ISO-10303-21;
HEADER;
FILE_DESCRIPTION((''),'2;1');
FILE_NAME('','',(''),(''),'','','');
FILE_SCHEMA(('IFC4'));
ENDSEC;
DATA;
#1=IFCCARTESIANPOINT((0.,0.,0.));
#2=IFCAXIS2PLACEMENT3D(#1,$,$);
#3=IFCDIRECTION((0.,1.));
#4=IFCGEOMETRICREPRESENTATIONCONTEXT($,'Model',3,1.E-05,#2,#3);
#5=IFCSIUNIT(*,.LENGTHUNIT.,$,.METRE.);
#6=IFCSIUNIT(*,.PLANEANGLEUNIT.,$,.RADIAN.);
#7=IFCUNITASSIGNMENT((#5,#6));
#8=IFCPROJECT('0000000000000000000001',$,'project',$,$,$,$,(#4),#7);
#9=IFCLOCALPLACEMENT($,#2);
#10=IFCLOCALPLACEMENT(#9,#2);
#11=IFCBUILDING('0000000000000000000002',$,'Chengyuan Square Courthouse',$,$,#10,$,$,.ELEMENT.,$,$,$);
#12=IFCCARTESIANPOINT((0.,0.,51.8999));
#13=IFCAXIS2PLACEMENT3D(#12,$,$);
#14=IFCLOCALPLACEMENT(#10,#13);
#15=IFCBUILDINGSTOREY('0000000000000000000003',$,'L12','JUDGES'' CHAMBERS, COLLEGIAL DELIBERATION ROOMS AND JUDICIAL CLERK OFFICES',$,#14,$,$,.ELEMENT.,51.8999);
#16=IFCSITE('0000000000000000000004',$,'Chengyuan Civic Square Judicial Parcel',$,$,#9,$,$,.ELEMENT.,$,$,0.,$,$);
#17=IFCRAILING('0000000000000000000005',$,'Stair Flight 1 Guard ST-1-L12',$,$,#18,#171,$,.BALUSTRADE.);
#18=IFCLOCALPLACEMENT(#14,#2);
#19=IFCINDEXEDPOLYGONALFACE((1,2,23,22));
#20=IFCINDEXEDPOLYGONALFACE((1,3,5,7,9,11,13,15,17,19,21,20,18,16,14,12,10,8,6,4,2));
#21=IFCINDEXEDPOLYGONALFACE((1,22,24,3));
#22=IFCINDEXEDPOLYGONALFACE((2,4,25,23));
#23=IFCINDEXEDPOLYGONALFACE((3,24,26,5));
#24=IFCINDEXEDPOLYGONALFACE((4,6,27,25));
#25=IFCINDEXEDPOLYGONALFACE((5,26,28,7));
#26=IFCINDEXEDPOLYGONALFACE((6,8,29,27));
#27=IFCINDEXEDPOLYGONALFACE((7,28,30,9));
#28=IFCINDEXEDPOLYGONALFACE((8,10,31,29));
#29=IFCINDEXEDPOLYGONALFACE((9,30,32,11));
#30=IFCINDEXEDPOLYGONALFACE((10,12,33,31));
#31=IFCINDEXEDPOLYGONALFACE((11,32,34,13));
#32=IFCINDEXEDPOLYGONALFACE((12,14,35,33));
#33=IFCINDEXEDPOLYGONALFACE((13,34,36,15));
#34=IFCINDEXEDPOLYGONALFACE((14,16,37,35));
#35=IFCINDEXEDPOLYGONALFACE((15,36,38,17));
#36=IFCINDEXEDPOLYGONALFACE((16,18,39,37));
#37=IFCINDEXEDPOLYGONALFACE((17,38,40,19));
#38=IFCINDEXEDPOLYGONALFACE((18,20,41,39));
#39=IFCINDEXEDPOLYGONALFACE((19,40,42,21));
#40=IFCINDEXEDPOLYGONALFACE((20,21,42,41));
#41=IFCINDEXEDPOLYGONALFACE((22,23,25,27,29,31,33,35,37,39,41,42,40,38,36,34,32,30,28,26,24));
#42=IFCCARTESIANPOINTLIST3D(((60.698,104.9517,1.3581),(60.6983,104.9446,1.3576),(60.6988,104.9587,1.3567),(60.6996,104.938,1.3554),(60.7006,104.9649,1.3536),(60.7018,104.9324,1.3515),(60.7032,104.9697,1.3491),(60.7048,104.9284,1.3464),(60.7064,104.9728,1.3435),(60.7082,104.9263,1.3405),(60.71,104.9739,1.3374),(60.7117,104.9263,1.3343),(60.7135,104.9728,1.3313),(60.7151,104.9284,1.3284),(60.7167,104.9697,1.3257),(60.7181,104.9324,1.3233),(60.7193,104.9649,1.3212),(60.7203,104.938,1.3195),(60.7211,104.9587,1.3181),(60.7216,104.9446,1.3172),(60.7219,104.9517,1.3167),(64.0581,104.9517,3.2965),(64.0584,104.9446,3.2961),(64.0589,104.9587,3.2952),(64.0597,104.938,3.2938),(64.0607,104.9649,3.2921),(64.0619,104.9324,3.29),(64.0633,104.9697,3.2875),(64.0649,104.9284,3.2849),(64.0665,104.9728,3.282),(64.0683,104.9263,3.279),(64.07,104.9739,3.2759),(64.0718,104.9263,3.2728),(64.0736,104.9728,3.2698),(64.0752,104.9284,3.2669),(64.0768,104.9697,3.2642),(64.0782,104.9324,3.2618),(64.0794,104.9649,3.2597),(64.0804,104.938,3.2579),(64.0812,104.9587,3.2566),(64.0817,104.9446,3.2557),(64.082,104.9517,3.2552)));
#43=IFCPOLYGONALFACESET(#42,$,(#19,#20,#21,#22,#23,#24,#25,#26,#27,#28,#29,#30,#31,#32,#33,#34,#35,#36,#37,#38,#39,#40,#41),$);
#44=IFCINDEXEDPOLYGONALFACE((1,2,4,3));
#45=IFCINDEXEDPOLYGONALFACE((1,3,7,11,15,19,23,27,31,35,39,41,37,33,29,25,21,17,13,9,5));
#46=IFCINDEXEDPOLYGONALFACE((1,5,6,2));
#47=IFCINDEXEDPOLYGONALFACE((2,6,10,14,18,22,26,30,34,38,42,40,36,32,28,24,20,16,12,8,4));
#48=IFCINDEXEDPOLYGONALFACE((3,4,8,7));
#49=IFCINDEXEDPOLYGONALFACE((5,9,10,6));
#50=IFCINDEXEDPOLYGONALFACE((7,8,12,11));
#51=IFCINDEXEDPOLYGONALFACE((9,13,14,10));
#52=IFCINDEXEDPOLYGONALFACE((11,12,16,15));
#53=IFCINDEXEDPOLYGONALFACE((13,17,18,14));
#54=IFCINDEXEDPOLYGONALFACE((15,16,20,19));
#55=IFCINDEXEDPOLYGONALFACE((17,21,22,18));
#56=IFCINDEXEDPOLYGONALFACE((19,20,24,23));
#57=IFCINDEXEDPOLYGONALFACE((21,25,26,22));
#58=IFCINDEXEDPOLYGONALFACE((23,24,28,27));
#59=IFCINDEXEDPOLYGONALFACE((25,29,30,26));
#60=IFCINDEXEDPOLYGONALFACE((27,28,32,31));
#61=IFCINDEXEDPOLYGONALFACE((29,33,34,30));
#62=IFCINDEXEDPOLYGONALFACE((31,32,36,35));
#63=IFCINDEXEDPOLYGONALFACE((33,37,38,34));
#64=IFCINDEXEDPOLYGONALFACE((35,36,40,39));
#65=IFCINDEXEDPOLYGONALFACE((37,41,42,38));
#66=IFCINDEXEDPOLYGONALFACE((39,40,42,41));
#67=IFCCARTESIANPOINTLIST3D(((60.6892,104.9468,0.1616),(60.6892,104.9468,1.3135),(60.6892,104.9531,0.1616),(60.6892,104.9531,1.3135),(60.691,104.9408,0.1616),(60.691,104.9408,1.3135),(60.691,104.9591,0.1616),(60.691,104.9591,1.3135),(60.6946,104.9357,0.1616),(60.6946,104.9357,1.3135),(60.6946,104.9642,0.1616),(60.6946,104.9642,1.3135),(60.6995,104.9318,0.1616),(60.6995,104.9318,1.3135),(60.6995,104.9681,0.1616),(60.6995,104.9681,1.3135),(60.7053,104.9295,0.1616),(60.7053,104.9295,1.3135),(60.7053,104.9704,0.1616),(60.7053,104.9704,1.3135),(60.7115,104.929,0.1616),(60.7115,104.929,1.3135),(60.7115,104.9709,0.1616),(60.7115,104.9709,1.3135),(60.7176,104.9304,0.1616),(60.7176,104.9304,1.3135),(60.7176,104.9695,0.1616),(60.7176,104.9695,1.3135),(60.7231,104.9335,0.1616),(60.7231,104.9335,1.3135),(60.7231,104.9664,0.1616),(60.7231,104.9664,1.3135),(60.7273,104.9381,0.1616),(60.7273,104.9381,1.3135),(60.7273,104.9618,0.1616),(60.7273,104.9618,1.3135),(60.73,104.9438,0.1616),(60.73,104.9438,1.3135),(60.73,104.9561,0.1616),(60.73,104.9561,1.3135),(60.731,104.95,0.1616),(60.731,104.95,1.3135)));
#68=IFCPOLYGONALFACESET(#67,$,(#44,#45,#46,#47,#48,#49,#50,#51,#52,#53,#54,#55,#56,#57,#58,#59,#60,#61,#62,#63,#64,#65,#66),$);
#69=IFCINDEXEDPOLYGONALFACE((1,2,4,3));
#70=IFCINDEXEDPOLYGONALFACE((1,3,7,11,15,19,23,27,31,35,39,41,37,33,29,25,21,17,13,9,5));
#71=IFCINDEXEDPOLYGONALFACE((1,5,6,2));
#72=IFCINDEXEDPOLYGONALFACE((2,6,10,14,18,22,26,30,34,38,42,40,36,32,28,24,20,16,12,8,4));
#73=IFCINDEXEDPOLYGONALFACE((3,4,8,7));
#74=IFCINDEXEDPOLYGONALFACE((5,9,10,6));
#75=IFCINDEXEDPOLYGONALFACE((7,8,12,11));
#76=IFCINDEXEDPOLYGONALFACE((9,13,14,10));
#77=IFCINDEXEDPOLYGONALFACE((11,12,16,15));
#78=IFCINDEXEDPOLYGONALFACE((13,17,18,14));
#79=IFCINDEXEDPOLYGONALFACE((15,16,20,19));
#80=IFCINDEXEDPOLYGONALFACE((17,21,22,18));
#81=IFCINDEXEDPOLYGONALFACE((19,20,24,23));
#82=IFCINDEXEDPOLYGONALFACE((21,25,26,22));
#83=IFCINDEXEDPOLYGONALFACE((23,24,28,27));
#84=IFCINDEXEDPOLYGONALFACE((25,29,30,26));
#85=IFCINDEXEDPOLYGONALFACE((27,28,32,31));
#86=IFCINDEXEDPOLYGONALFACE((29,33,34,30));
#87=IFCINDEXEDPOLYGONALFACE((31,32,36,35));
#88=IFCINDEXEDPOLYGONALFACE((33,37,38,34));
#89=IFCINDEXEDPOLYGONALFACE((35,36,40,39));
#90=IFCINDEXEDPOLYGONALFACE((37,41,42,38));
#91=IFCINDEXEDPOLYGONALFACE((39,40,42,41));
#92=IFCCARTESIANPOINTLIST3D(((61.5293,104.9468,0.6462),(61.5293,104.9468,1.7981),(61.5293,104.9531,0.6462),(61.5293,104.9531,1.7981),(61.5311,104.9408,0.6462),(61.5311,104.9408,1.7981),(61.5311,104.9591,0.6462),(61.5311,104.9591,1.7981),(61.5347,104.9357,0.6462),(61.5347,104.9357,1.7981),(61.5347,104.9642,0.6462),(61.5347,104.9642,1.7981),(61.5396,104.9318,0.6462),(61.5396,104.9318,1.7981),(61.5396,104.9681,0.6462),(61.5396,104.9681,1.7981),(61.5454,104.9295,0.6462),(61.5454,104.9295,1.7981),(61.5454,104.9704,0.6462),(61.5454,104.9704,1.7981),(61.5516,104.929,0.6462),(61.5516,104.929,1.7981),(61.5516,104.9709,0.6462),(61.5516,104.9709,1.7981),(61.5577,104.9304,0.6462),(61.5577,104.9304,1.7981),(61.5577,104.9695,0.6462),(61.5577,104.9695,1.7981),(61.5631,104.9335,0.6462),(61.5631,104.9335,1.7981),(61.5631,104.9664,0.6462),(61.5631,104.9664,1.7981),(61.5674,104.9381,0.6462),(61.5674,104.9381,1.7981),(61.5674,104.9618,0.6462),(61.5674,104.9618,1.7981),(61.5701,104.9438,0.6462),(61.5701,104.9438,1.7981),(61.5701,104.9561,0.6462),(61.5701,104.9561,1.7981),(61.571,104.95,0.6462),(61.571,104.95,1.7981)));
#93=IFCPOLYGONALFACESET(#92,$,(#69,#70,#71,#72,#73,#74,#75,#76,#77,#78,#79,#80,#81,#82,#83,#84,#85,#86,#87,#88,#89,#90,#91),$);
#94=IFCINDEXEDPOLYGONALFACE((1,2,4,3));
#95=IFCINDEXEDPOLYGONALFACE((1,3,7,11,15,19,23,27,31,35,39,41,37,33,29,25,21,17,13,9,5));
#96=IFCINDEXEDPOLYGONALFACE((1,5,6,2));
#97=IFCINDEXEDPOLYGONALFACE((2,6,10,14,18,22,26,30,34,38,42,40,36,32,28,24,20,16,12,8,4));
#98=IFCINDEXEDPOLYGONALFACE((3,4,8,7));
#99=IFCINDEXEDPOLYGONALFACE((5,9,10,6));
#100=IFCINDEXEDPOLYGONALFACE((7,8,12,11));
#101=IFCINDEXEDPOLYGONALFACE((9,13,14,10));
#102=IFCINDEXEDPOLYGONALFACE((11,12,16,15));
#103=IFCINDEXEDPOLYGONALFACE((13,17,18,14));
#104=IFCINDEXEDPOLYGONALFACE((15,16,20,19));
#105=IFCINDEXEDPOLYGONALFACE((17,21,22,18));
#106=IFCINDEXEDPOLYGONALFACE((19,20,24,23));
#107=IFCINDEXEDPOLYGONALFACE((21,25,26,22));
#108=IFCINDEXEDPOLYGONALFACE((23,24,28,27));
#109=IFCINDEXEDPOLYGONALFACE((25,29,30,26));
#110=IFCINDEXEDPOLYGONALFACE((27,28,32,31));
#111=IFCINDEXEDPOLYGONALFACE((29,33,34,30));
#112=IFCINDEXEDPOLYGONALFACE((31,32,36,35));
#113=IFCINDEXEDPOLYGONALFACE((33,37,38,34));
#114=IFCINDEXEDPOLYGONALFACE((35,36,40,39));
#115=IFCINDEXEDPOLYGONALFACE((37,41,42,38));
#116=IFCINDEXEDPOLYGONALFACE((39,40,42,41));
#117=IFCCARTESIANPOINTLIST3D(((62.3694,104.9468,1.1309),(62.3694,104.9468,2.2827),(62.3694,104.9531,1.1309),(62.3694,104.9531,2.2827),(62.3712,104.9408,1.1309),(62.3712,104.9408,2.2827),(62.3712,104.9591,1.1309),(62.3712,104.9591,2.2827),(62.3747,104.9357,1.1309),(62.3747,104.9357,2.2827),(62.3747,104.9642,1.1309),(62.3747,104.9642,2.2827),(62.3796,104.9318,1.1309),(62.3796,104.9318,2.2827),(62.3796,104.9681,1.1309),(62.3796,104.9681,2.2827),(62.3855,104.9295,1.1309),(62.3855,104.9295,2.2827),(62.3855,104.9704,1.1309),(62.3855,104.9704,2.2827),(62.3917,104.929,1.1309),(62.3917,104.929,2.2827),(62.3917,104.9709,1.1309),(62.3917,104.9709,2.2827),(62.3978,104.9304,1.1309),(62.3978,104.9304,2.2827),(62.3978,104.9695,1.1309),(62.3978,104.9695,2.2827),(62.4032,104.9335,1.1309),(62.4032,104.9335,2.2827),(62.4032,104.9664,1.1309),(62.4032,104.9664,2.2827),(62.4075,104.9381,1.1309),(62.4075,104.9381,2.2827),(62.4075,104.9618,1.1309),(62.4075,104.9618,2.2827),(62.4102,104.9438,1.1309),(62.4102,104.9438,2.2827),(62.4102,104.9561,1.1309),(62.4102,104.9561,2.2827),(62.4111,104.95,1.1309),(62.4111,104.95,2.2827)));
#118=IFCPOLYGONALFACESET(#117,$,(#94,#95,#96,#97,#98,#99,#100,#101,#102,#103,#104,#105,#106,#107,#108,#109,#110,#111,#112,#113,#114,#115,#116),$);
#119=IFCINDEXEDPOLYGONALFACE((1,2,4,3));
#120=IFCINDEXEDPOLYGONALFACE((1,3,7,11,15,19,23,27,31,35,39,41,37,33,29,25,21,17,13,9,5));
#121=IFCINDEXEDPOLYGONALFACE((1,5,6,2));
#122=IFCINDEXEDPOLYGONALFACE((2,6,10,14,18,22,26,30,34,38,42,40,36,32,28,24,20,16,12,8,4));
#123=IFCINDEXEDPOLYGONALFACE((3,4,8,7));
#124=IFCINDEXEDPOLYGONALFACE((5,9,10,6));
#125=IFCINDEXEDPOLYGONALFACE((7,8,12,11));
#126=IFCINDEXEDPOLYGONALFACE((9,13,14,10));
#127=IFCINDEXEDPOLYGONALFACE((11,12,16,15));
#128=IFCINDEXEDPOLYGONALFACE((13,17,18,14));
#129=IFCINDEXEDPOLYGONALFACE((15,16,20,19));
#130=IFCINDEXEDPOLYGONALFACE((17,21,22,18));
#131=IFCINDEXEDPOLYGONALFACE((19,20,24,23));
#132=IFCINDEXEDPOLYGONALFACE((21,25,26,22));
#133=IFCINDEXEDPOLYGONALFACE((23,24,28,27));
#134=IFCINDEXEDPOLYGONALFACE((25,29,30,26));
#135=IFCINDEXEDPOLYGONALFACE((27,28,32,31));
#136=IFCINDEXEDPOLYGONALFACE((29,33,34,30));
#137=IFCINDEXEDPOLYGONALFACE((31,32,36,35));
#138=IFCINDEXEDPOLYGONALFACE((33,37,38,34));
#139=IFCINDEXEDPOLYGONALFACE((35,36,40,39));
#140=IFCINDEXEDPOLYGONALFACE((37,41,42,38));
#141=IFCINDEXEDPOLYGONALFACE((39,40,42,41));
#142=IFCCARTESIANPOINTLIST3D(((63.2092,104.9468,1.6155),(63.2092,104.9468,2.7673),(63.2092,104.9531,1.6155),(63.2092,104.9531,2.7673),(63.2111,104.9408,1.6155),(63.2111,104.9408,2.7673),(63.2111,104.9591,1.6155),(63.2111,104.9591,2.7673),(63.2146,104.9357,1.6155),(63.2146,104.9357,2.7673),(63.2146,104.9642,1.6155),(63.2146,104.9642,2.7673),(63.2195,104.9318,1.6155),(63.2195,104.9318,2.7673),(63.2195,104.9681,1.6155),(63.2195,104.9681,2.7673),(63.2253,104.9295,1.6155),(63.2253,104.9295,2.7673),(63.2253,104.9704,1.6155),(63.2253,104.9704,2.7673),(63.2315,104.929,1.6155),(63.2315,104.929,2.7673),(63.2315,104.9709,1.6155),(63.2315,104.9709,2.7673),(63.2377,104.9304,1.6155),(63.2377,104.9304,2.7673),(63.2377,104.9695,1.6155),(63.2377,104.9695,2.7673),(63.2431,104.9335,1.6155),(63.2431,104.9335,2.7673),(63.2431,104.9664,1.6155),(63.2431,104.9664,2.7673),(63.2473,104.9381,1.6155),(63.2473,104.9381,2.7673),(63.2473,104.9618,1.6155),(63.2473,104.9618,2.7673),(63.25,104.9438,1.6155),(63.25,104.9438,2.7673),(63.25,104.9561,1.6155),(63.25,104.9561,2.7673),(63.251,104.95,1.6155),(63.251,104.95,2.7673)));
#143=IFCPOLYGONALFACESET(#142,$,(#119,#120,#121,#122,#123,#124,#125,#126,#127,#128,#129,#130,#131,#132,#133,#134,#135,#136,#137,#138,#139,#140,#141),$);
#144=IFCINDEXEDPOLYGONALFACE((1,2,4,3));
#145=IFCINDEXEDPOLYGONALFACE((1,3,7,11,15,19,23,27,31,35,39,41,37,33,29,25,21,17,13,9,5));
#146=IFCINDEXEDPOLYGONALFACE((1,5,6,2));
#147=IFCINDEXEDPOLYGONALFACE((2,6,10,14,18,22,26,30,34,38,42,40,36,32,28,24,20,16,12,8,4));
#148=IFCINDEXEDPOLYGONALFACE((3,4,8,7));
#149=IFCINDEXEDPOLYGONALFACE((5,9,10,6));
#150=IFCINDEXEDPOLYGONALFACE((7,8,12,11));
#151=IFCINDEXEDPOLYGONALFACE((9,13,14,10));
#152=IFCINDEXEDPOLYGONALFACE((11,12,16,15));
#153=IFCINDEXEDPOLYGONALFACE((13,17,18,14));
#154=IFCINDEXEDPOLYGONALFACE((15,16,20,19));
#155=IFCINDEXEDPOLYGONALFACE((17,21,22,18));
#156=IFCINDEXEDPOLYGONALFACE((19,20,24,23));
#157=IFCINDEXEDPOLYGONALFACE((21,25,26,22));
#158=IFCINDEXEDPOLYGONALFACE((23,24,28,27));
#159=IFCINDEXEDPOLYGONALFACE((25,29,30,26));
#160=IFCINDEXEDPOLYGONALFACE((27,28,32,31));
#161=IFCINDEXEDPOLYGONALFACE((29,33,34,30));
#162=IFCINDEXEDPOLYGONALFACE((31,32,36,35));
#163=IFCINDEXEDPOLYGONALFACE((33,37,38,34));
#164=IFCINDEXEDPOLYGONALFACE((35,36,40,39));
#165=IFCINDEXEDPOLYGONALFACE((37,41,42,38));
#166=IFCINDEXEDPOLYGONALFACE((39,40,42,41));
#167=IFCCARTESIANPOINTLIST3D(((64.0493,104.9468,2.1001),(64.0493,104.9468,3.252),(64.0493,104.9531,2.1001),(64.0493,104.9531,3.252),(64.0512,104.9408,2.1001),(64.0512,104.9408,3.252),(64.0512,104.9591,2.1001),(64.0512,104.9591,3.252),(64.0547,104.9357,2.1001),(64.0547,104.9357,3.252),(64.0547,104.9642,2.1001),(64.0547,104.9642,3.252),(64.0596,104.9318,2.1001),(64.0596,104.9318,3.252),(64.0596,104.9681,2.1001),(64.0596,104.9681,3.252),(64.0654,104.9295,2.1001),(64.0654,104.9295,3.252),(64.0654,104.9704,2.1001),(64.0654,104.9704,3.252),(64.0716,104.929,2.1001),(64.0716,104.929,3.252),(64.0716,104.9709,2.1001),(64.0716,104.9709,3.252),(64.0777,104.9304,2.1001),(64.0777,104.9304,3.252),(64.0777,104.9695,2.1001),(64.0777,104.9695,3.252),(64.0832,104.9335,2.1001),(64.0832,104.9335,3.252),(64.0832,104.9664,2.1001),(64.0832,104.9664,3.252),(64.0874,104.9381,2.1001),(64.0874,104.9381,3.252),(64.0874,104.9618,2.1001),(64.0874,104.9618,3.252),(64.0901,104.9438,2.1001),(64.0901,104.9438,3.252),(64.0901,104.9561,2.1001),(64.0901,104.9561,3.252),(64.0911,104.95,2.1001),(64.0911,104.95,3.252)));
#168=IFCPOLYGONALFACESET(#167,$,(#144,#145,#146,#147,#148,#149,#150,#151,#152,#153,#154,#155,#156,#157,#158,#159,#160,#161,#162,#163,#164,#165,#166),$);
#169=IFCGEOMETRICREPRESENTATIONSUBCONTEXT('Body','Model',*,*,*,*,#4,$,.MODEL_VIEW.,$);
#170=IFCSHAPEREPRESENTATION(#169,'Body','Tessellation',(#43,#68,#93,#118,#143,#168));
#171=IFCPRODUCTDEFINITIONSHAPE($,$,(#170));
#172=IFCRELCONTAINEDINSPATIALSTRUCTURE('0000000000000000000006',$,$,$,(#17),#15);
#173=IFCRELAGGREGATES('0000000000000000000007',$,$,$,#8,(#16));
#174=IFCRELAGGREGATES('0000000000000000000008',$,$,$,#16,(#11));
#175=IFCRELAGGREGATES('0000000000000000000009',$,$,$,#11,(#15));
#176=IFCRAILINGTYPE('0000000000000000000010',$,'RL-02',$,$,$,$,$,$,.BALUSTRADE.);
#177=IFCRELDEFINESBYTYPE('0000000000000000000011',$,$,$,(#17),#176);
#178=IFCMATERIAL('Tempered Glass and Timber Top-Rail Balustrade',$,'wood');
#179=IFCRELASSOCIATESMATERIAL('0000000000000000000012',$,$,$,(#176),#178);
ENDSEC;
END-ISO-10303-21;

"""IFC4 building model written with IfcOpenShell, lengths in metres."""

from ifc_helpers import new_model, si_unit, direction, frame, origin, origin_2d, place, context, subcontext, project, spatial, circle, extrude, material, type_object, element, save


model = new_model("IFC4")

# Units and contexts
model_context = context("Model", 3, precision=1e-05, world=origin(), true_north=direction((0.0, 1.0)))
body_context = subcontext(model_context, "Body", "Model", "MODEL_VIEW")
ifc_project = project(units=[si_unit("LENGTHUNIT", "METRE"), si_unit("PLANEANGLEUNIT", "RADIAN")], contexts=[model_context])

# Site, building, storey
site_placement = place(None, origin())
site = spatial("IfcSite", under=ifc_project, at=site_placement, Name="Chengyuan Civic Square Judicial Parcel", CompositionType="ELEMENT", RefElevation=0.0)
building_placement = place(site_placement, origin())
building = spatial("IfcBuilding", under=site, at=building_placement, Name="Chengyuan Square Courthouse", CompositionType="ELEMENT")
storey_placement = place(building_placement, frame((0.0, 0.0, 51.8999)))
storey = spatial("IfcBuildingStorey", under=building, at=storey_placement, Name="L12", Description="JUDGES' CHAMBERS, COLLEGIAL DELIBERATION ROOMS AND JUDICIAL CLERK OFFICES", CompositionType="ELEMENT", Elevation=51.8999)

# Railing
ifc_material_1 = material(Name="Tempered Glass and Timber Top-Rail Balustrade", Category="wood")
railing_type_1 = type_object("IfcRailingType", Name="RL-02", PredefinedType="BALUSTRADE", material=ifc_material_1)
railing_1_placement = place(storey_placement, frame((60.71, 104.95, 0.1616)))
element("IfcRailing", 1, at=railing_1_placement, inside=storey, type_object=railing_type_1, Name="Stair Flight 1 Guard ST-1-L12", PredefinedType="BALUSTRADE", context=body_context, shape_type="SweptSolid", body=[
    extrude(circle(Radius=0.0239, at=origin_2d()), frame((0.0, 0.0, 1.1758), z_axis=(0.866191, 0.0, 0.499713), x_axis=(0.0, 1.0, 0.0)), (0.0, 0.0, 1.0), 3.8792),
    extrude(circle(Radius=0.021, at=origin_2d()), origin(), (0.0, 0.0, 1.0), 1.1519),
    extrude(circle(Radius=0.021, at=origin_2d()), frame((0.8401, 0.0, 0.4846)), (0.0, 0.0, 1.0), 1.1519),
    extrude(circle(Radius=0.021, at=origin_2d()), frame((1.6802, 0.0, 0.9692)), (0.0, 0.0, 1.0), 1.1519),
    extrude(circle(Radius=0.021, at=origin_2d()), frame((2.52, 0.0, 1.4539)), (0.0, 0.0, 1.0), 1.1519),
    extrude(circle(Radius=0.021, at=origin_2d()), frame((3.3601, 0.0, 1.9385)), (0.0, 0.0, 1.0), 1.1519),
])

save(model, "model.ifc")
